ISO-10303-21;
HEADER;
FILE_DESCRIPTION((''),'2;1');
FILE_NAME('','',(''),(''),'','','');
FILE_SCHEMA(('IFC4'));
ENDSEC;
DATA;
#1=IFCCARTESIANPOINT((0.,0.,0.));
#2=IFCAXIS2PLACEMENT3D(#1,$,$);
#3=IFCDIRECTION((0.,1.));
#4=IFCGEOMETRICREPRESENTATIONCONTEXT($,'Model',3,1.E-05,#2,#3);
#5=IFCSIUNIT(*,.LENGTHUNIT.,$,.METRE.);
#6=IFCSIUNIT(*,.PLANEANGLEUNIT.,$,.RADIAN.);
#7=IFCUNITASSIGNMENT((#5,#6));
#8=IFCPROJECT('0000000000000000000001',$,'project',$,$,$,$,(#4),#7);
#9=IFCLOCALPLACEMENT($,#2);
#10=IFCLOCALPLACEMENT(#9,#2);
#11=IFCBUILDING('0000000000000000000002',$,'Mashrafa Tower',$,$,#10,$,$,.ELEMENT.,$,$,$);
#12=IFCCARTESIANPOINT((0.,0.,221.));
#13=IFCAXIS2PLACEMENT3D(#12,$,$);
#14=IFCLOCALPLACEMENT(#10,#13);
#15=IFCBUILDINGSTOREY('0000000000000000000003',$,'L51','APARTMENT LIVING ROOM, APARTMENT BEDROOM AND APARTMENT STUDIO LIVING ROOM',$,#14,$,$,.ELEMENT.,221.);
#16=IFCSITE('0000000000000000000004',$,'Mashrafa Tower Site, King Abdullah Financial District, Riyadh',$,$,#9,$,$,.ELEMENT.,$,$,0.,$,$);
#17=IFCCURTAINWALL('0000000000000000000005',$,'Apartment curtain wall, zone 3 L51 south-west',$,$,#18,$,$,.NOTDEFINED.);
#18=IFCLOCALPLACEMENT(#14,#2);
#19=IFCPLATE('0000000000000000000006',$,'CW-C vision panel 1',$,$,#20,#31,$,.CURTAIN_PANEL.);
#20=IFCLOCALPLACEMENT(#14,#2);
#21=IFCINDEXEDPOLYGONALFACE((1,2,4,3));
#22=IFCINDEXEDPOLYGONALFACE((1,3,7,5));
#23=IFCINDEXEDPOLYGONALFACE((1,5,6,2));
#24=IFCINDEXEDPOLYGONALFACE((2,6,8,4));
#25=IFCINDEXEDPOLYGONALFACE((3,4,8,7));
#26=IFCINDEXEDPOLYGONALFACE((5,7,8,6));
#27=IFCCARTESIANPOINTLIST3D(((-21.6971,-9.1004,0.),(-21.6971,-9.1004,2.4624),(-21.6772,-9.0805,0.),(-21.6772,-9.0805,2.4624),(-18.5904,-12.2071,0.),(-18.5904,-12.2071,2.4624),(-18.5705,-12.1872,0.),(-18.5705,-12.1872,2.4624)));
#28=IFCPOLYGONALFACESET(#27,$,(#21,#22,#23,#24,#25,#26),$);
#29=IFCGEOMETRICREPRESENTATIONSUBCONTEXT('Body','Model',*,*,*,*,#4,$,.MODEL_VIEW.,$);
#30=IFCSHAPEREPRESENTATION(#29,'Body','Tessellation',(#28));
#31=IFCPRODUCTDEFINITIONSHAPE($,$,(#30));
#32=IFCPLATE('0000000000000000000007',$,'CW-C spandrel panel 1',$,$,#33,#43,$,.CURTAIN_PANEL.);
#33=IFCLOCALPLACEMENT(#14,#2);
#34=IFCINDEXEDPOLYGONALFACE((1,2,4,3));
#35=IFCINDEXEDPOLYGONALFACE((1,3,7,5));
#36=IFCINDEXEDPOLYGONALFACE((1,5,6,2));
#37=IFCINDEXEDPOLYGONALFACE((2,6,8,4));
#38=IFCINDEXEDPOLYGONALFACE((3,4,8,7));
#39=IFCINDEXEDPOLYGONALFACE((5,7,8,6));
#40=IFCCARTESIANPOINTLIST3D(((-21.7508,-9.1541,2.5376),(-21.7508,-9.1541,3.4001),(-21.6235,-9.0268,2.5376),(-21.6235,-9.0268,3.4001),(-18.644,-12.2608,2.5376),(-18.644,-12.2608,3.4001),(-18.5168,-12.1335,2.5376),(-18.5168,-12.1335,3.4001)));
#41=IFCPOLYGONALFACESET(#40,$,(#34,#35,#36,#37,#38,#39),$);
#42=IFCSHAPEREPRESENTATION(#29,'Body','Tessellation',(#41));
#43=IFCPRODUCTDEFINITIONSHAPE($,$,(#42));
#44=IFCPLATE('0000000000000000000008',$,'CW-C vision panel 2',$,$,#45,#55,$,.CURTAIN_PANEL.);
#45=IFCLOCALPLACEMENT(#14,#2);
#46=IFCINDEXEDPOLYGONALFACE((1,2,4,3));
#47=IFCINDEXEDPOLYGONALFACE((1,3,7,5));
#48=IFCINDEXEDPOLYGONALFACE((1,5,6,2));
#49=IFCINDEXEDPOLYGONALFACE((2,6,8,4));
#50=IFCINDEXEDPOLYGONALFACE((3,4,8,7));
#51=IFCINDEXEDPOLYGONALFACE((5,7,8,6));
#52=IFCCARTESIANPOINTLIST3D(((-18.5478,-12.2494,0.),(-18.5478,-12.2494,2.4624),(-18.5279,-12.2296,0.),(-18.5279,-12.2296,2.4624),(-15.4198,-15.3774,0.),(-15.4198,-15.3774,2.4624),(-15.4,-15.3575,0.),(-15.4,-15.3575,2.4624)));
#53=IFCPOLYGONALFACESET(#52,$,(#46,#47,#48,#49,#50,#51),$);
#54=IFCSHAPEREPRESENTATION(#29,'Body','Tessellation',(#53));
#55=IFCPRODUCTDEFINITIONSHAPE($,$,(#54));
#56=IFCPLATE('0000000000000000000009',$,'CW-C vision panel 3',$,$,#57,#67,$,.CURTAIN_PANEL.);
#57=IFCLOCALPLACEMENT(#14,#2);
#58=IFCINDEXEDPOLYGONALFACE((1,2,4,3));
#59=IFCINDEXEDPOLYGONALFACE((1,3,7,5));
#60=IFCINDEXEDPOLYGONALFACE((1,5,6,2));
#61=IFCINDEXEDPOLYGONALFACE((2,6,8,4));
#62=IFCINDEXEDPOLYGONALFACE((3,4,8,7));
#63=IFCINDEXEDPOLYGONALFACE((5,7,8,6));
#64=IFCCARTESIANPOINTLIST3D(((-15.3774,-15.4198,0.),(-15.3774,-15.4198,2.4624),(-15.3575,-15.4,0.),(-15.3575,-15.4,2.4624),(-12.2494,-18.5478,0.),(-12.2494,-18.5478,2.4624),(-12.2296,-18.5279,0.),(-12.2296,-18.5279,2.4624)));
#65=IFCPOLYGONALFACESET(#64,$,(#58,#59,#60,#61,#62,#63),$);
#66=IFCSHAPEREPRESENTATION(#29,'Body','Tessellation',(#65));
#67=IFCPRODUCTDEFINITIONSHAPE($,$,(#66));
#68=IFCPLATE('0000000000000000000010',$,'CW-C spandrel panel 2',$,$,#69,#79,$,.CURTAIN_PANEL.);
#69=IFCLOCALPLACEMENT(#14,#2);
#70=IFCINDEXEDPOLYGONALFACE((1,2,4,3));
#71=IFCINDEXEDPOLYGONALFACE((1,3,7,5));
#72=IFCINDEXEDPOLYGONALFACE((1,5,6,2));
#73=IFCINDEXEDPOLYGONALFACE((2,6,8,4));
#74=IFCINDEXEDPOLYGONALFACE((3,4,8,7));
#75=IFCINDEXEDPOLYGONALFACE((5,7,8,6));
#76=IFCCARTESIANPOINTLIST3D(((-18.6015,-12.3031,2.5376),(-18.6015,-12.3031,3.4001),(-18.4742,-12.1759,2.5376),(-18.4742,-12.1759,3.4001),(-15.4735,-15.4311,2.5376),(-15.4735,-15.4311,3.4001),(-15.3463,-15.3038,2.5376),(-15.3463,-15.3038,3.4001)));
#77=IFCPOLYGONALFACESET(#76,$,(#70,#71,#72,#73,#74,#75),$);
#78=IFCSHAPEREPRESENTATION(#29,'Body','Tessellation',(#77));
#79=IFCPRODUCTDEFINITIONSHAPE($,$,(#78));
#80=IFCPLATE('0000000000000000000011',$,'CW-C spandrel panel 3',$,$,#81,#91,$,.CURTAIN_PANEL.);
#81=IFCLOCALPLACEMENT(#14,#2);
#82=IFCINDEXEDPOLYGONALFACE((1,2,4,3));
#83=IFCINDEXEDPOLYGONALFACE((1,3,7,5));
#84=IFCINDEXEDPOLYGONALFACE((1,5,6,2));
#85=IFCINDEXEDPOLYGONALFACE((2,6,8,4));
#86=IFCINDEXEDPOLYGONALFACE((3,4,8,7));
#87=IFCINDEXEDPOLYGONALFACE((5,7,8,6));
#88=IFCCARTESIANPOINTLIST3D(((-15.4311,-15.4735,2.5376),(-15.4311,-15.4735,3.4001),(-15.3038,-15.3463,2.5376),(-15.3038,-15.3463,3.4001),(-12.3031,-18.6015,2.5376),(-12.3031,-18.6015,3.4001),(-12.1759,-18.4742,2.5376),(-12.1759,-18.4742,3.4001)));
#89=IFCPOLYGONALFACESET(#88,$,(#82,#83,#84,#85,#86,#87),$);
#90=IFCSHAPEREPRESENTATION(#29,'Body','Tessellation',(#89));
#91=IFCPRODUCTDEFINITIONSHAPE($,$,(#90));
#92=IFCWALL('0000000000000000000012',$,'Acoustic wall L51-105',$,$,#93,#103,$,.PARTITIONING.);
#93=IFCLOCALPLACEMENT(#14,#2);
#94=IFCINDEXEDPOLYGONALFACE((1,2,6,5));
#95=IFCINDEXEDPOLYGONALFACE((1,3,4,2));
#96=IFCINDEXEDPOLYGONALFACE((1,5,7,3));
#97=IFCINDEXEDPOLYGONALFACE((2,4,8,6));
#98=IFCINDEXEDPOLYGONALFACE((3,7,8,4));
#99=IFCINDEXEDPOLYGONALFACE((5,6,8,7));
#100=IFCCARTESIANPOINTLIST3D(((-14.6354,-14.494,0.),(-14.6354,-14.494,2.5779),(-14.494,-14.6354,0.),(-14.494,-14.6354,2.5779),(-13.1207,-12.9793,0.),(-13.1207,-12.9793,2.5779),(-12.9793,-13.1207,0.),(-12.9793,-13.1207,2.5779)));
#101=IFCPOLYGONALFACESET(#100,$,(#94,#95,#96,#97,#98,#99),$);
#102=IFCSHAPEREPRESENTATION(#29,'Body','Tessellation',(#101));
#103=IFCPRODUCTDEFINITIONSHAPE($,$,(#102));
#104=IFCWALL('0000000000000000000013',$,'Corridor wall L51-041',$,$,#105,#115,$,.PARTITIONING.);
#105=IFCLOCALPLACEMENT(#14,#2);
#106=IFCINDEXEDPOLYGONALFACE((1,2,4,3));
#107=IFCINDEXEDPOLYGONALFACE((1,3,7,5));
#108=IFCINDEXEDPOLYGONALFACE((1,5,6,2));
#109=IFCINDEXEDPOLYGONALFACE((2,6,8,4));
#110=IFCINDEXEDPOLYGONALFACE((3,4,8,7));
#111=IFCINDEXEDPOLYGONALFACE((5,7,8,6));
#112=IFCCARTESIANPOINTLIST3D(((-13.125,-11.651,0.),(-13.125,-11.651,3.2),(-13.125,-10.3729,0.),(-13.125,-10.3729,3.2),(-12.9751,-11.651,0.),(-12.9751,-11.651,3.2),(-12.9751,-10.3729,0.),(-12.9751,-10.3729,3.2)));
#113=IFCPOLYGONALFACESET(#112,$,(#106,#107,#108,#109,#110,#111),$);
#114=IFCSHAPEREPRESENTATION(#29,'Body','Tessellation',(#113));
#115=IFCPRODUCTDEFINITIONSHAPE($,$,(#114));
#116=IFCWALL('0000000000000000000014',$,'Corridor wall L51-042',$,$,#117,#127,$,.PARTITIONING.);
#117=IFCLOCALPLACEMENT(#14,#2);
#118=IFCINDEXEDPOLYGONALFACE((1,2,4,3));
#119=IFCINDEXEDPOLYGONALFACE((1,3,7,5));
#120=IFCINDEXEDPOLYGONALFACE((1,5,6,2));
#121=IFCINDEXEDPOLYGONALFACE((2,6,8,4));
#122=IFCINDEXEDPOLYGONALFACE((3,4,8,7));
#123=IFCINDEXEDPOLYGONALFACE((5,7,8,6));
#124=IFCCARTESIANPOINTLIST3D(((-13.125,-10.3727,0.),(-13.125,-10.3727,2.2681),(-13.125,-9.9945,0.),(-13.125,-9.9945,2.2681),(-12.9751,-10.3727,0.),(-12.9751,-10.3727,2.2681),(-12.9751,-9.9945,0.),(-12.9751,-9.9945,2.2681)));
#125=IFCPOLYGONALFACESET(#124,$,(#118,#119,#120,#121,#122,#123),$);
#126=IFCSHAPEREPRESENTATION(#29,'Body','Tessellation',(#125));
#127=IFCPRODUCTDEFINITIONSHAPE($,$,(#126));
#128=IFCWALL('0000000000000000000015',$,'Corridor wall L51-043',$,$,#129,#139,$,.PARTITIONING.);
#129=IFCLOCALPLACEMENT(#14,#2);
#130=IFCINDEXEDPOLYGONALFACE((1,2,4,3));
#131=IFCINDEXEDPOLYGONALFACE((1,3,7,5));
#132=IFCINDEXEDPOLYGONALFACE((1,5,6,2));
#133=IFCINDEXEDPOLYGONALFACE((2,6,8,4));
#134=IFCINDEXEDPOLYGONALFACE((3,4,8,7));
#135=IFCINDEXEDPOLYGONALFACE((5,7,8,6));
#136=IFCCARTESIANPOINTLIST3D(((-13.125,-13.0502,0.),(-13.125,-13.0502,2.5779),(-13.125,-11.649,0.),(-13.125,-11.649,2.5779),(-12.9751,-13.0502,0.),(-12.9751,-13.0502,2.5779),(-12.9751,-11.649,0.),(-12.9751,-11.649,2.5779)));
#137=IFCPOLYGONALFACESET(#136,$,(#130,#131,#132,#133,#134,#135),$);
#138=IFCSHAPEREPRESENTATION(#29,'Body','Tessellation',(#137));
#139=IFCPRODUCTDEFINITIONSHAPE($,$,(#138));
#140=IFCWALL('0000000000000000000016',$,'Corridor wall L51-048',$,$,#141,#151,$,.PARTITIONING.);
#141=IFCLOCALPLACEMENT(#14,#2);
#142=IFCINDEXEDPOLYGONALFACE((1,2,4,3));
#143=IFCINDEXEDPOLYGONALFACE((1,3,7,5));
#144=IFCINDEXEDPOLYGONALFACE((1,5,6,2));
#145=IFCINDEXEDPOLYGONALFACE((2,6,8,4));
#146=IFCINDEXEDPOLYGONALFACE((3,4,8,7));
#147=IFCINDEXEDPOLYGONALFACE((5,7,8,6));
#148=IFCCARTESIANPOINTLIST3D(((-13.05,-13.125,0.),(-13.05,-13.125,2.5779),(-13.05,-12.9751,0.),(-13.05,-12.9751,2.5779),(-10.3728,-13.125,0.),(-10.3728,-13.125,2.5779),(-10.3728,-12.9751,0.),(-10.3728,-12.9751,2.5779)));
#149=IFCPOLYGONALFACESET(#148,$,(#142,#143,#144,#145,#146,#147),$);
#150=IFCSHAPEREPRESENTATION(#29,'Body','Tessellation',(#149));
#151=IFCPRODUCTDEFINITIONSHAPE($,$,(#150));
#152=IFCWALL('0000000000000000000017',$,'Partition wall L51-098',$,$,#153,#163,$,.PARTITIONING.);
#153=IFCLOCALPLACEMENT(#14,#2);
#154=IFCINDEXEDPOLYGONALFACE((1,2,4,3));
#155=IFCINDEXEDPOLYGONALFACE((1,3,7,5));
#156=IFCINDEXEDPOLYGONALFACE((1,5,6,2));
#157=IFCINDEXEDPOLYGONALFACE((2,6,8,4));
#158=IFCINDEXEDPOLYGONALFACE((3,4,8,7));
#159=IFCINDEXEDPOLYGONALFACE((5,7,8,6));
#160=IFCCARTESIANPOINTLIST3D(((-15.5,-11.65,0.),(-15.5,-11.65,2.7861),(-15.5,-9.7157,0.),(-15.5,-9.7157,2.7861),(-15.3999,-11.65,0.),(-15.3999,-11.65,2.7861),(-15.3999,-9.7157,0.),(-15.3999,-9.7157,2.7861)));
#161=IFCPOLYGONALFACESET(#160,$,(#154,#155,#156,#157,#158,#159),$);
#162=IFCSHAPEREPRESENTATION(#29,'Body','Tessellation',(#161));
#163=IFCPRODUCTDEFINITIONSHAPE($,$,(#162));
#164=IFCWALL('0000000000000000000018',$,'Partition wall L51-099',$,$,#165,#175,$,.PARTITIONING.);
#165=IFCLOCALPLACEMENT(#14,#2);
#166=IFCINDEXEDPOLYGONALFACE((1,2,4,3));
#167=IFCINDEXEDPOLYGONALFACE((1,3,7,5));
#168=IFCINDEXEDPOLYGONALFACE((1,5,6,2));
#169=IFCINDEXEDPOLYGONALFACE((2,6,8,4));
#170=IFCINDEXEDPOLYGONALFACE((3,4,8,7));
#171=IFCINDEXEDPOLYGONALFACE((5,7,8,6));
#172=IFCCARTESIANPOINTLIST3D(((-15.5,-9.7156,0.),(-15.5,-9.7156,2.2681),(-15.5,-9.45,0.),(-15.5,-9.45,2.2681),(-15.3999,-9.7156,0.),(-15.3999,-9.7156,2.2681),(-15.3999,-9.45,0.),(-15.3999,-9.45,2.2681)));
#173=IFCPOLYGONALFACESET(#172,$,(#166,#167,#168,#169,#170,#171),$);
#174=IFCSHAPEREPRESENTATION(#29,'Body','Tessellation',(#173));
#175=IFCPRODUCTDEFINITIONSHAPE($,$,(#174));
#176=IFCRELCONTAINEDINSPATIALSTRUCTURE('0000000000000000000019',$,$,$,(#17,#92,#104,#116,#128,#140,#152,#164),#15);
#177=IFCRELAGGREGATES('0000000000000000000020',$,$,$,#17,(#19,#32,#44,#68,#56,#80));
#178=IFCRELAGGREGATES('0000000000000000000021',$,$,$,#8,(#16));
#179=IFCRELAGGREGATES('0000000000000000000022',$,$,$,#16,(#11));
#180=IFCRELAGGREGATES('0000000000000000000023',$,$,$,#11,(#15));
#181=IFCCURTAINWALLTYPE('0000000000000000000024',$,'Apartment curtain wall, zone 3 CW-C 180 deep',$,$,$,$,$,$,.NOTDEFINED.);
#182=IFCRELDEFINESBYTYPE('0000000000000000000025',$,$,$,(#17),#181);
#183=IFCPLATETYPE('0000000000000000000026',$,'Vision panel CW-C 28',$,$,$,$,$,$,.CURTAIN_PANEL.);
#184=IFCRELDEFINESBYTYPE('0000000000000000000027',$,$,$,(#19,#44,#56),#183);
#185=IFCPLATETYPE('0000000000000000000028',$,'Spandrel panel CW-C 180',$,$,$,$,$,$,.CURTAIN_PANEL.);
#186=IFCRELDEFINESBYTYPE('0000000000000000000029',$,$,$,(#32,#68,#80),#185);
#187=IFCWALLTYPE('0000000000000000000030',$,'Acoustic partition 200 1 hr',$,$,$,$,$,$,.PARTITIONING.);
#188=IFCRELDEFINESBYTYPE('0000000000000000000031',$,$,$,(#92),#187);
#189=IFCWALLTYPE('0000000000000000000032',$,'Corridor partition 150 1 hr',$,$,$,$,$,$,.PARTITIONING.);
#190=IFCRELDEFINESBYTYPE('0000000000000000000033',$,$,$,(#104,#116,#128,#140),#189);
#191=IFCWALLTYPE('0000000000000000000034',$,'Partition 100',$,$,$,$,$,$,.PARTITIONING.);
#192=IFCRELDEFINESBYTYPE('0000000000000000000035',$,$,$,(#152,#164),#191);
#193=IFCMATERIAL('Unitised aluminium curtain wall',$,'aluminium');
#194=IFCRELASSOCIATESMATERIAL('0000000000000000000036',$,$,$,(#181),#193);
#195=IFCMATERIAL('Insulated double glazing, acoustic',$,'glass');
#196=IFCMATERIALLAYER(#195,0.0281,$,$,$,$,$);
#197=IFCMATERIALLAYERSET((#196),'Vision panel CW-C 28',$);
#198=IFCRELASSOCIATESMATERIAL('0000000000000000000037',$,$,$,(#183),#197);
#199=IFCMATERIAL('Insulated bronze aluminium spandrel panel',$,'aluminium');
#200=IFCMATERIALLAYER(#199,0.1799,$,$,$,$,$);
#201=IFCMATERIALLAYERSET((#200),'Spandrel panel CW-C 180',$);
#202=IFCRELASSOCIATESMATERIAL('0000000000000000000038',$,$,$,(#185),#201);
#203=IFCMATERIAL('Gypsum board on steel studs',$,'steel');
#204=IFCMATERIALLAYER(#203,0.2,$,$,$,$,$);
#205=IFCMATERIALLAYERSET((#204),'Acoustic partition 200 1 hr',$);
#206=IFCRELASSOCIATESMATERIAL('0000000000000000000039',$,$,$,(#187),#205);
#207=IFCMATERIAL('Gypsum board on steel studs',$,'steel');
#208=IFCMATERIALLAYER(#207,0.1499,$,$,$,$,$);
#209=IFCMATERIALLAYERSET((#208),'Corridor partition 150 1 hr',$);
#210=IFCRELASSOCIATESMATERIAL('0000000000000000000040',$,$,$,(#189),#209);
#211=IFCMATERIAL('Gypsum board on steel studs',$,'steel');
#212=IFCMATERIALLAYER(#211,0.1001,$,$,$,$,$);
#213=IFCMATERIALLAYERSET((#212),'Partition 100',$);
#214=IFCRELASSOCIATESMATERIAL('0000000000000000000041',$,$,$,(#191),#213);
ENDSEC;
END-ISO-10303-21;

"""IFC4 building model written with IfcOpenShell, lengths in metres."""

from ifc_helpers import new_model, si_unit, direction, frame, frame_2d, origin, origin_2d, place, context, subcontext, project, spatial, rectangle, extrude, source, transform, mapped, material, layer, layer_set, type_object, type_shapes, element, aggregate, save


model = new_model("IFC4")

# Units and contexts
model_context = context("Model", 3, precision=1e-05, world=origin(), true_north=direction((0.0, 1.0)))
body_context = subcontext(model_context, "Body", "Model", "MODEL_VIEW")
ifc_project = project(units=[si_unit("LENGTHUNIT", "METRE"), si_unit("PLANEANGLEUNIT", "RADIAN")], contexts=[model_context])

# Site, building, storey
site_placement = place(None, origin())
site = spatial("IfcSite", under=ifc_project, at=site_placement, Name="Mashrafa Tower Site, King Abdullah Financial District, Riyadh", CompositionType="ELEMENT", RefElevation=0.0)
building_placement = place(site_placement, origin())
building = spatial("IfcBuilding", under=site, at=building_placement, Name="Mashrafa Tower", CompositionType="ELEMENT")
storey_placement = place(building_placement, frame((0.0, 0.0, 221.0)))
storey = spatial("IfcBuildingStorey", under=building, at=storey_placement, Name="L51", Description="APARTMENT LIVING ROOM, APARTMENT BEDROOM AND APARTMENT STUDIO LIVING ROOM", CompositionType="ELEMENT", Elevation=221.0)

# Curtain wall, plates
ifc_material_1 = material(Name="Unitised aluminium curtain wall", Category="aluminium")
curtain_wall_type = type_object("IfcCurtainWallType", Name="Apartment curtain wall, zone 3 CW-C 180 deep", PredefinedType="NOTDEFINED", material=ifc_material_1)
curtain_wall_placement = place(storey_placement, origin())
curtain_wall = element("IfcCurtainWall", 1, at=curtain_wall_placement, inside=storey, type_object=curtain_wall_type, Name="Apartment curtain wall, zone 3 L51 south-west", PredefinedType="NOTDEFINED")
ifc_material_2 = material(Name="Insulated double glazing, acoustic", Category="glass")
ifc_layer_1 = layer(ifc_material_2, 0.0281)
ifc_layer_set_1 = layer_set([ifc_layer_1], Name="Vision panel CW-C 28")
plate_type_1 = type_object("IfcPlateType", Name="Vision panel CW-C 28", PredefinedType="CURTAIN_PANEL", material=ifc_layer_set_1)
shared_shape_1 = source(origin(), body_context, "Body", "SweptSolid", [
    extrude(rectangle(XDim=4.3936, YDim=0.0281, at=origin_2d()), origin(), (0.0, 0.0, 1.0), 2.4624),
])
plate_1_placement = place(storey_placement, frame((-20.1338, -10.6438, 0.0), z_axis=(0.0, 0.0, 1.0), x_axis=(0.707107, -0.707107, 0.0)))
plate_1 = element("IfcPlate", 2, at=plate_1_placement, type_object=plate_type_1, Name="CW-C vision panel 1", PredefinedType="CURTAIN_PANEL", context=body_context, shape_type="MappedRepresentation", body=[
    mapped(shared_shape_1, transform((0.0, 0.0, 0.0))),
])
ifc_material_3 = material(Name="Insulated bronze aluminium spandrel panel", Category="aluminium")
ifc_layer_2 = layer(ifc_material_3, 0.1799)
ifc_layer_set_2 = layer_set([ifc_layer_2], Name="Spandrel panel CW-C 180")
plate_type_2 = type_object("IfcPlateType", Name="Spandrel panel CW-C 180", PredefinedType="CURTAIN_PANEL", material=ifc_layer_set_2)
shared_shape_2 = source(origin(), body_context, "Body", "SweptSolid", [
    extrude(rectangle(XDim=4.3936, YDim=0.1799, at=origin_2d()), origin(), (0.0, 0.0, 1.0), 0.8625),
])
plate_2_placement = place(storey_placement, frame((-20.1338, -10.6438, 2.5376), z_axis=(0.0, 0.0, 1.0), x_axis=(0.707107, -0.707107, 0.0)))
plate_2 = element("IfcPlate", 3, at=plate_2_placement, type_object=plate_type_2, Name="CW-C spandrel panel 1", PredefinedType="CURTAIN_PANEL", context=body_context, shape_type="MappedRepresentation", body=[
    mapped(shared_shape_2, transform((0.0, 0.0, 0.0))),
])
shared_shape_3 = source(origin(), body_context, "Body", "SweptSolid", [
    extrude(rectangle(XDim=4.4236, YDim=0.0281, at=origin_2d()), origin(), (0.0, 0.0, 1.0), 2.4624),
])
type_shapes(plate_type_1, [shared_shape_1, shared_shape_3])
plate_3_placement = place(storey_placement, frame((-16.9739, -13.8035, 0.0), z_axis=(0.0, 0.0, 1.0), x_axis=(0.707107, -0.707107, 0.0)))
plate_3 = element("IfcPlate", 4, at=plate_3_placement, type_object=plate_type_1, Name="CW-C vision panel 2", PredefinedType="CURTAIN_PANEL", context=body_context, shape_type="MappedRepresentation", body=[
    mapped(shared_shape_3, transform((0.0, 0.0, 0.0))),
])
plate_4_placement = place(storey_placement, frame((-13.8035, -16.9739, 0.0), z_axis=(0.0, 0.0, 1.0), x_axis=(0.707107, -0.707107, 0.0)))
plate_4 = element("IfcPlate", 5, at=plate_4_placement, type_object=plate_type_1, Name="CW-C vision panel 3", PredefinedType="CURTAIN_PANEL", context=body_context, shape_type="MappedRepresentation", body=[
    mapped(shared_shape_3, transform((0.0, 0.0, 0.0))),
])
shared_shape_4 = source(origin(), body_context, "Body", "SweptSolid", [
    extrude(rectangle(XDim=4.4236, YDim=0.1799, at=origin_2d()), origin(), (0.0, 0.0, 1.0), 0.8625),
])
type_shapes(plate_type_2, [shared_shape_2, shared_shape_4])
plate_5_placement = place(storey_placement, frame((-16.9739, -13.8035, 2.5376), z_axis=(0.0, 0.0, 1.0), x_axis=(0.707107, -0.707107, 0.0)))
plate_5 = element("IfcPlate", 6, at=plate_5_placement, type_object=plate_type_2, Name="CW-C spandrel panel 2", PredefinedType="CURTAIN_PANEL", context=body_context, shape_type="MappedRepresentation", body=[
    mapped(shared_shape_4, transform((0.0, 0.0, 0.0))),
])
plate_6_placement = place(storey_placement, frame((-13.8035, -16.9739, 2.5376), z_axis=(0.0, 0.0, 1.0), x_axis=(0.707107, -0.707107, 0.0)))
plate_6 = element("IfcPlate", 7, at=plate_6_placement, type_object=plate_type_2, Name="CW-C spandrel panel 3", PredefinedType="CURTAIN_PANEL", context=body_context, shape_type="MappedRepresentation", body=[
    mapped(shared_shape_4, transform((0.0, 0.0, 0.0))),
])
aggregate(curtain_wall, [plate_1, plate_2, plate_3, plate_5, plate_4, plate_6])

# Walls
ifc_material_4 = material(Name="Gypsum board on steel studs", Category="steel")
ifc_layer_3 = layer(ifc_material_4, 0.2)
ifc_layer_set_3 = layer_set([ifc_layer_3], Name="Acoustic partition 200 1 hr")
wall_type_1 = type_object("IfcWallType", Name="Acoustic partition 200 1 hr", PredefinedType="PARTITIONING", material=ifc_layer_set_3)
wall_1_placement = place(storey_placement, frame((-14.5647, -14.5647, 0.0), z_axis=(0.0, 0.0, 1.0), x_axis=(0.707107, 0.707107, 0.0)))
element("IfcWall", 8, at=wall_1_placement, inside=storey, type_object=wall_type_1, Name="Acoustic wall L51-105", PredefinedType="PARTITIONING", context=body_context, shape_type="SweptSolid", body=[
    extrude(rectangle(XDim=2.1421, YDim=0.2, at=frame_2d((1.071, 0.0))), origin(), (0.0, 0.0, 1.0), 2.5779),
])
ifc_material_5 = material(Name="Gypsum board on steel studs", Category="steel")
ifc_layer_4 = layer(ifc_material_5, 0.1499)
ifc_layer_set_4 = layer_set([ifc_layer_4], Name="Corridor partition 150 1 hr")
wall_type_2 = type_object("IfcWallType", Name="Corridor partition 150 1 hr", PredefinedType="PARTITIONING", material=ifc_layer_set_4)
wall_2_placement = place(storey_placement, frame((-13.05, -10.3728, 0.0), z_axis=(0.0, 0.0, 1.0), x_axis=(0.0, -1.0, 0.0)))
element("IfcWall", 9, at=wall_2_placement, inside=storey, type_object=wall_type_2, Name="Corridor wall L51-041", PredefinedType="PARTITIONING", context=body_context, shape_type="SweptSolid", body=[
    extrude(rectangle(XDim=1.2781, YDim=0.1499, at=frame_2d((0.6392, 0.0))), origin(), (0.0, 0.0, 1.0), 3.2),
])
wall_3_placement = place(storey_placement, frame((-13.05, -9.9946, 0.0), z_axis=(0.0, 0.0, 1.0), x_axis=(0.0, -1.0, 0.0)))
element("IfcWall", 10, at=wall_3_placement, inside=storey, type_object=wall_type_2, Name="Corridor wall L51-042", PredefinedType="PARTITIONING", context=body_context, shape_type="SweptSolid", body=[
    extrude(rectangle(XDim=0.3782, YDim=0.1499, at=frame_2d((0.189, 0.0))), origin(), (0.0, 0.0, 1.0), 2.2681),
])
wall_4_placement = place(storey_placement, frame((-13.05, -11.6489, 0.0), z_axis=(0.0, 0.0, 1.0), x_axis=(0.0, -1.0, 0.0)))
element("IfcWall", 11, at=wall_4_placement, inside=storey, type_object=wall_type_2, Name="Corridor wall L51-043", PredefinedType="PARTITIONING", context=body_context, shape_type="SweptSolid", body=[
    extrude(rectangle(XDim=1.4011, YDim=0.1499, at=frame_2d((0.7007, 0.0))), origin(), (0.0, 0.0, 1.0), 2.5779),
])
wall_5_placement = place(storey_placement, frame((-13.05, -13.05, 0.0), z_axis=(0.0, 0.0, 1.0), x_axis=(1.0, 0.0, 0.0)))
element("IfcWall", 12, at=wall_5_placement, inside=storey, type_object=wall_type_2, Name="Corridor wall L51-048", PredefinedType="PARTITIONING", context=body_context, shape_type="SweptSolid", body=[
    extrude(rectangle(XDim=2.6772, YDim=0.1499, at=frame_2d((1.3386, 0.0))), origin(), (0.0, 0.0, 1.0), 2.5779),
])
ifc_material_6 = material(Name="Gypsum board on steel studs", Category="steel")
ifc_layer_5 = layer(ifc_material_6, 0.1001)
ifc_layer_set_5 = layer_set([ifc_layer_5], Name="Partition 100")
wall_type_3 = type_object("IfcWallType", Name="Partition 100", PredefinedType="PARTITIONING", material=ifc_layer_set_5)
wall_6_placement = place(storey_placement, frame((-15.45, -9.7156, 0.0), z_axis=(0.0, 0.0, 1.0), x_axis=(0.0, -1.0, 0.0)))
element("IfcWall", 13, at=wall_6_placement, inside=storey, type_object=wall_type_3, Name="Partition wall L51-098", PredefinedType="PARTITIONING", context=body_context, shape_type="SweptSolid", body=[
    extrude(rectangle(XDim=1.9343, YDim=0.1001, at=frame_2d((0.9673, 0.0))), origin(), (0.0, 0.0, 1.0), 2.7861),
])
wall_7_placement = place(storey_placement, frame((-15.45, -9.45, 0.0), z_axis=(0.0, 0.0, 1.0), x_axis=(0.0, -1.0, 0.0)))
element("IfcWall", 14, at=wall_7_placement, inside=storey, type_object=wall_type_3, Name="Partition wall L51-099", PredefinedType="PARTITIONING", context=body_context, shape_type="SweptSolid", body=[
    extrude(rectangle(XDim=0.2656, YDim=0.1001, at=frame_2d((0.1328, 0.0))), origin(), (0.0, 0.0, 1.0), 2.2681),
])

save(model, "model.ifc")
